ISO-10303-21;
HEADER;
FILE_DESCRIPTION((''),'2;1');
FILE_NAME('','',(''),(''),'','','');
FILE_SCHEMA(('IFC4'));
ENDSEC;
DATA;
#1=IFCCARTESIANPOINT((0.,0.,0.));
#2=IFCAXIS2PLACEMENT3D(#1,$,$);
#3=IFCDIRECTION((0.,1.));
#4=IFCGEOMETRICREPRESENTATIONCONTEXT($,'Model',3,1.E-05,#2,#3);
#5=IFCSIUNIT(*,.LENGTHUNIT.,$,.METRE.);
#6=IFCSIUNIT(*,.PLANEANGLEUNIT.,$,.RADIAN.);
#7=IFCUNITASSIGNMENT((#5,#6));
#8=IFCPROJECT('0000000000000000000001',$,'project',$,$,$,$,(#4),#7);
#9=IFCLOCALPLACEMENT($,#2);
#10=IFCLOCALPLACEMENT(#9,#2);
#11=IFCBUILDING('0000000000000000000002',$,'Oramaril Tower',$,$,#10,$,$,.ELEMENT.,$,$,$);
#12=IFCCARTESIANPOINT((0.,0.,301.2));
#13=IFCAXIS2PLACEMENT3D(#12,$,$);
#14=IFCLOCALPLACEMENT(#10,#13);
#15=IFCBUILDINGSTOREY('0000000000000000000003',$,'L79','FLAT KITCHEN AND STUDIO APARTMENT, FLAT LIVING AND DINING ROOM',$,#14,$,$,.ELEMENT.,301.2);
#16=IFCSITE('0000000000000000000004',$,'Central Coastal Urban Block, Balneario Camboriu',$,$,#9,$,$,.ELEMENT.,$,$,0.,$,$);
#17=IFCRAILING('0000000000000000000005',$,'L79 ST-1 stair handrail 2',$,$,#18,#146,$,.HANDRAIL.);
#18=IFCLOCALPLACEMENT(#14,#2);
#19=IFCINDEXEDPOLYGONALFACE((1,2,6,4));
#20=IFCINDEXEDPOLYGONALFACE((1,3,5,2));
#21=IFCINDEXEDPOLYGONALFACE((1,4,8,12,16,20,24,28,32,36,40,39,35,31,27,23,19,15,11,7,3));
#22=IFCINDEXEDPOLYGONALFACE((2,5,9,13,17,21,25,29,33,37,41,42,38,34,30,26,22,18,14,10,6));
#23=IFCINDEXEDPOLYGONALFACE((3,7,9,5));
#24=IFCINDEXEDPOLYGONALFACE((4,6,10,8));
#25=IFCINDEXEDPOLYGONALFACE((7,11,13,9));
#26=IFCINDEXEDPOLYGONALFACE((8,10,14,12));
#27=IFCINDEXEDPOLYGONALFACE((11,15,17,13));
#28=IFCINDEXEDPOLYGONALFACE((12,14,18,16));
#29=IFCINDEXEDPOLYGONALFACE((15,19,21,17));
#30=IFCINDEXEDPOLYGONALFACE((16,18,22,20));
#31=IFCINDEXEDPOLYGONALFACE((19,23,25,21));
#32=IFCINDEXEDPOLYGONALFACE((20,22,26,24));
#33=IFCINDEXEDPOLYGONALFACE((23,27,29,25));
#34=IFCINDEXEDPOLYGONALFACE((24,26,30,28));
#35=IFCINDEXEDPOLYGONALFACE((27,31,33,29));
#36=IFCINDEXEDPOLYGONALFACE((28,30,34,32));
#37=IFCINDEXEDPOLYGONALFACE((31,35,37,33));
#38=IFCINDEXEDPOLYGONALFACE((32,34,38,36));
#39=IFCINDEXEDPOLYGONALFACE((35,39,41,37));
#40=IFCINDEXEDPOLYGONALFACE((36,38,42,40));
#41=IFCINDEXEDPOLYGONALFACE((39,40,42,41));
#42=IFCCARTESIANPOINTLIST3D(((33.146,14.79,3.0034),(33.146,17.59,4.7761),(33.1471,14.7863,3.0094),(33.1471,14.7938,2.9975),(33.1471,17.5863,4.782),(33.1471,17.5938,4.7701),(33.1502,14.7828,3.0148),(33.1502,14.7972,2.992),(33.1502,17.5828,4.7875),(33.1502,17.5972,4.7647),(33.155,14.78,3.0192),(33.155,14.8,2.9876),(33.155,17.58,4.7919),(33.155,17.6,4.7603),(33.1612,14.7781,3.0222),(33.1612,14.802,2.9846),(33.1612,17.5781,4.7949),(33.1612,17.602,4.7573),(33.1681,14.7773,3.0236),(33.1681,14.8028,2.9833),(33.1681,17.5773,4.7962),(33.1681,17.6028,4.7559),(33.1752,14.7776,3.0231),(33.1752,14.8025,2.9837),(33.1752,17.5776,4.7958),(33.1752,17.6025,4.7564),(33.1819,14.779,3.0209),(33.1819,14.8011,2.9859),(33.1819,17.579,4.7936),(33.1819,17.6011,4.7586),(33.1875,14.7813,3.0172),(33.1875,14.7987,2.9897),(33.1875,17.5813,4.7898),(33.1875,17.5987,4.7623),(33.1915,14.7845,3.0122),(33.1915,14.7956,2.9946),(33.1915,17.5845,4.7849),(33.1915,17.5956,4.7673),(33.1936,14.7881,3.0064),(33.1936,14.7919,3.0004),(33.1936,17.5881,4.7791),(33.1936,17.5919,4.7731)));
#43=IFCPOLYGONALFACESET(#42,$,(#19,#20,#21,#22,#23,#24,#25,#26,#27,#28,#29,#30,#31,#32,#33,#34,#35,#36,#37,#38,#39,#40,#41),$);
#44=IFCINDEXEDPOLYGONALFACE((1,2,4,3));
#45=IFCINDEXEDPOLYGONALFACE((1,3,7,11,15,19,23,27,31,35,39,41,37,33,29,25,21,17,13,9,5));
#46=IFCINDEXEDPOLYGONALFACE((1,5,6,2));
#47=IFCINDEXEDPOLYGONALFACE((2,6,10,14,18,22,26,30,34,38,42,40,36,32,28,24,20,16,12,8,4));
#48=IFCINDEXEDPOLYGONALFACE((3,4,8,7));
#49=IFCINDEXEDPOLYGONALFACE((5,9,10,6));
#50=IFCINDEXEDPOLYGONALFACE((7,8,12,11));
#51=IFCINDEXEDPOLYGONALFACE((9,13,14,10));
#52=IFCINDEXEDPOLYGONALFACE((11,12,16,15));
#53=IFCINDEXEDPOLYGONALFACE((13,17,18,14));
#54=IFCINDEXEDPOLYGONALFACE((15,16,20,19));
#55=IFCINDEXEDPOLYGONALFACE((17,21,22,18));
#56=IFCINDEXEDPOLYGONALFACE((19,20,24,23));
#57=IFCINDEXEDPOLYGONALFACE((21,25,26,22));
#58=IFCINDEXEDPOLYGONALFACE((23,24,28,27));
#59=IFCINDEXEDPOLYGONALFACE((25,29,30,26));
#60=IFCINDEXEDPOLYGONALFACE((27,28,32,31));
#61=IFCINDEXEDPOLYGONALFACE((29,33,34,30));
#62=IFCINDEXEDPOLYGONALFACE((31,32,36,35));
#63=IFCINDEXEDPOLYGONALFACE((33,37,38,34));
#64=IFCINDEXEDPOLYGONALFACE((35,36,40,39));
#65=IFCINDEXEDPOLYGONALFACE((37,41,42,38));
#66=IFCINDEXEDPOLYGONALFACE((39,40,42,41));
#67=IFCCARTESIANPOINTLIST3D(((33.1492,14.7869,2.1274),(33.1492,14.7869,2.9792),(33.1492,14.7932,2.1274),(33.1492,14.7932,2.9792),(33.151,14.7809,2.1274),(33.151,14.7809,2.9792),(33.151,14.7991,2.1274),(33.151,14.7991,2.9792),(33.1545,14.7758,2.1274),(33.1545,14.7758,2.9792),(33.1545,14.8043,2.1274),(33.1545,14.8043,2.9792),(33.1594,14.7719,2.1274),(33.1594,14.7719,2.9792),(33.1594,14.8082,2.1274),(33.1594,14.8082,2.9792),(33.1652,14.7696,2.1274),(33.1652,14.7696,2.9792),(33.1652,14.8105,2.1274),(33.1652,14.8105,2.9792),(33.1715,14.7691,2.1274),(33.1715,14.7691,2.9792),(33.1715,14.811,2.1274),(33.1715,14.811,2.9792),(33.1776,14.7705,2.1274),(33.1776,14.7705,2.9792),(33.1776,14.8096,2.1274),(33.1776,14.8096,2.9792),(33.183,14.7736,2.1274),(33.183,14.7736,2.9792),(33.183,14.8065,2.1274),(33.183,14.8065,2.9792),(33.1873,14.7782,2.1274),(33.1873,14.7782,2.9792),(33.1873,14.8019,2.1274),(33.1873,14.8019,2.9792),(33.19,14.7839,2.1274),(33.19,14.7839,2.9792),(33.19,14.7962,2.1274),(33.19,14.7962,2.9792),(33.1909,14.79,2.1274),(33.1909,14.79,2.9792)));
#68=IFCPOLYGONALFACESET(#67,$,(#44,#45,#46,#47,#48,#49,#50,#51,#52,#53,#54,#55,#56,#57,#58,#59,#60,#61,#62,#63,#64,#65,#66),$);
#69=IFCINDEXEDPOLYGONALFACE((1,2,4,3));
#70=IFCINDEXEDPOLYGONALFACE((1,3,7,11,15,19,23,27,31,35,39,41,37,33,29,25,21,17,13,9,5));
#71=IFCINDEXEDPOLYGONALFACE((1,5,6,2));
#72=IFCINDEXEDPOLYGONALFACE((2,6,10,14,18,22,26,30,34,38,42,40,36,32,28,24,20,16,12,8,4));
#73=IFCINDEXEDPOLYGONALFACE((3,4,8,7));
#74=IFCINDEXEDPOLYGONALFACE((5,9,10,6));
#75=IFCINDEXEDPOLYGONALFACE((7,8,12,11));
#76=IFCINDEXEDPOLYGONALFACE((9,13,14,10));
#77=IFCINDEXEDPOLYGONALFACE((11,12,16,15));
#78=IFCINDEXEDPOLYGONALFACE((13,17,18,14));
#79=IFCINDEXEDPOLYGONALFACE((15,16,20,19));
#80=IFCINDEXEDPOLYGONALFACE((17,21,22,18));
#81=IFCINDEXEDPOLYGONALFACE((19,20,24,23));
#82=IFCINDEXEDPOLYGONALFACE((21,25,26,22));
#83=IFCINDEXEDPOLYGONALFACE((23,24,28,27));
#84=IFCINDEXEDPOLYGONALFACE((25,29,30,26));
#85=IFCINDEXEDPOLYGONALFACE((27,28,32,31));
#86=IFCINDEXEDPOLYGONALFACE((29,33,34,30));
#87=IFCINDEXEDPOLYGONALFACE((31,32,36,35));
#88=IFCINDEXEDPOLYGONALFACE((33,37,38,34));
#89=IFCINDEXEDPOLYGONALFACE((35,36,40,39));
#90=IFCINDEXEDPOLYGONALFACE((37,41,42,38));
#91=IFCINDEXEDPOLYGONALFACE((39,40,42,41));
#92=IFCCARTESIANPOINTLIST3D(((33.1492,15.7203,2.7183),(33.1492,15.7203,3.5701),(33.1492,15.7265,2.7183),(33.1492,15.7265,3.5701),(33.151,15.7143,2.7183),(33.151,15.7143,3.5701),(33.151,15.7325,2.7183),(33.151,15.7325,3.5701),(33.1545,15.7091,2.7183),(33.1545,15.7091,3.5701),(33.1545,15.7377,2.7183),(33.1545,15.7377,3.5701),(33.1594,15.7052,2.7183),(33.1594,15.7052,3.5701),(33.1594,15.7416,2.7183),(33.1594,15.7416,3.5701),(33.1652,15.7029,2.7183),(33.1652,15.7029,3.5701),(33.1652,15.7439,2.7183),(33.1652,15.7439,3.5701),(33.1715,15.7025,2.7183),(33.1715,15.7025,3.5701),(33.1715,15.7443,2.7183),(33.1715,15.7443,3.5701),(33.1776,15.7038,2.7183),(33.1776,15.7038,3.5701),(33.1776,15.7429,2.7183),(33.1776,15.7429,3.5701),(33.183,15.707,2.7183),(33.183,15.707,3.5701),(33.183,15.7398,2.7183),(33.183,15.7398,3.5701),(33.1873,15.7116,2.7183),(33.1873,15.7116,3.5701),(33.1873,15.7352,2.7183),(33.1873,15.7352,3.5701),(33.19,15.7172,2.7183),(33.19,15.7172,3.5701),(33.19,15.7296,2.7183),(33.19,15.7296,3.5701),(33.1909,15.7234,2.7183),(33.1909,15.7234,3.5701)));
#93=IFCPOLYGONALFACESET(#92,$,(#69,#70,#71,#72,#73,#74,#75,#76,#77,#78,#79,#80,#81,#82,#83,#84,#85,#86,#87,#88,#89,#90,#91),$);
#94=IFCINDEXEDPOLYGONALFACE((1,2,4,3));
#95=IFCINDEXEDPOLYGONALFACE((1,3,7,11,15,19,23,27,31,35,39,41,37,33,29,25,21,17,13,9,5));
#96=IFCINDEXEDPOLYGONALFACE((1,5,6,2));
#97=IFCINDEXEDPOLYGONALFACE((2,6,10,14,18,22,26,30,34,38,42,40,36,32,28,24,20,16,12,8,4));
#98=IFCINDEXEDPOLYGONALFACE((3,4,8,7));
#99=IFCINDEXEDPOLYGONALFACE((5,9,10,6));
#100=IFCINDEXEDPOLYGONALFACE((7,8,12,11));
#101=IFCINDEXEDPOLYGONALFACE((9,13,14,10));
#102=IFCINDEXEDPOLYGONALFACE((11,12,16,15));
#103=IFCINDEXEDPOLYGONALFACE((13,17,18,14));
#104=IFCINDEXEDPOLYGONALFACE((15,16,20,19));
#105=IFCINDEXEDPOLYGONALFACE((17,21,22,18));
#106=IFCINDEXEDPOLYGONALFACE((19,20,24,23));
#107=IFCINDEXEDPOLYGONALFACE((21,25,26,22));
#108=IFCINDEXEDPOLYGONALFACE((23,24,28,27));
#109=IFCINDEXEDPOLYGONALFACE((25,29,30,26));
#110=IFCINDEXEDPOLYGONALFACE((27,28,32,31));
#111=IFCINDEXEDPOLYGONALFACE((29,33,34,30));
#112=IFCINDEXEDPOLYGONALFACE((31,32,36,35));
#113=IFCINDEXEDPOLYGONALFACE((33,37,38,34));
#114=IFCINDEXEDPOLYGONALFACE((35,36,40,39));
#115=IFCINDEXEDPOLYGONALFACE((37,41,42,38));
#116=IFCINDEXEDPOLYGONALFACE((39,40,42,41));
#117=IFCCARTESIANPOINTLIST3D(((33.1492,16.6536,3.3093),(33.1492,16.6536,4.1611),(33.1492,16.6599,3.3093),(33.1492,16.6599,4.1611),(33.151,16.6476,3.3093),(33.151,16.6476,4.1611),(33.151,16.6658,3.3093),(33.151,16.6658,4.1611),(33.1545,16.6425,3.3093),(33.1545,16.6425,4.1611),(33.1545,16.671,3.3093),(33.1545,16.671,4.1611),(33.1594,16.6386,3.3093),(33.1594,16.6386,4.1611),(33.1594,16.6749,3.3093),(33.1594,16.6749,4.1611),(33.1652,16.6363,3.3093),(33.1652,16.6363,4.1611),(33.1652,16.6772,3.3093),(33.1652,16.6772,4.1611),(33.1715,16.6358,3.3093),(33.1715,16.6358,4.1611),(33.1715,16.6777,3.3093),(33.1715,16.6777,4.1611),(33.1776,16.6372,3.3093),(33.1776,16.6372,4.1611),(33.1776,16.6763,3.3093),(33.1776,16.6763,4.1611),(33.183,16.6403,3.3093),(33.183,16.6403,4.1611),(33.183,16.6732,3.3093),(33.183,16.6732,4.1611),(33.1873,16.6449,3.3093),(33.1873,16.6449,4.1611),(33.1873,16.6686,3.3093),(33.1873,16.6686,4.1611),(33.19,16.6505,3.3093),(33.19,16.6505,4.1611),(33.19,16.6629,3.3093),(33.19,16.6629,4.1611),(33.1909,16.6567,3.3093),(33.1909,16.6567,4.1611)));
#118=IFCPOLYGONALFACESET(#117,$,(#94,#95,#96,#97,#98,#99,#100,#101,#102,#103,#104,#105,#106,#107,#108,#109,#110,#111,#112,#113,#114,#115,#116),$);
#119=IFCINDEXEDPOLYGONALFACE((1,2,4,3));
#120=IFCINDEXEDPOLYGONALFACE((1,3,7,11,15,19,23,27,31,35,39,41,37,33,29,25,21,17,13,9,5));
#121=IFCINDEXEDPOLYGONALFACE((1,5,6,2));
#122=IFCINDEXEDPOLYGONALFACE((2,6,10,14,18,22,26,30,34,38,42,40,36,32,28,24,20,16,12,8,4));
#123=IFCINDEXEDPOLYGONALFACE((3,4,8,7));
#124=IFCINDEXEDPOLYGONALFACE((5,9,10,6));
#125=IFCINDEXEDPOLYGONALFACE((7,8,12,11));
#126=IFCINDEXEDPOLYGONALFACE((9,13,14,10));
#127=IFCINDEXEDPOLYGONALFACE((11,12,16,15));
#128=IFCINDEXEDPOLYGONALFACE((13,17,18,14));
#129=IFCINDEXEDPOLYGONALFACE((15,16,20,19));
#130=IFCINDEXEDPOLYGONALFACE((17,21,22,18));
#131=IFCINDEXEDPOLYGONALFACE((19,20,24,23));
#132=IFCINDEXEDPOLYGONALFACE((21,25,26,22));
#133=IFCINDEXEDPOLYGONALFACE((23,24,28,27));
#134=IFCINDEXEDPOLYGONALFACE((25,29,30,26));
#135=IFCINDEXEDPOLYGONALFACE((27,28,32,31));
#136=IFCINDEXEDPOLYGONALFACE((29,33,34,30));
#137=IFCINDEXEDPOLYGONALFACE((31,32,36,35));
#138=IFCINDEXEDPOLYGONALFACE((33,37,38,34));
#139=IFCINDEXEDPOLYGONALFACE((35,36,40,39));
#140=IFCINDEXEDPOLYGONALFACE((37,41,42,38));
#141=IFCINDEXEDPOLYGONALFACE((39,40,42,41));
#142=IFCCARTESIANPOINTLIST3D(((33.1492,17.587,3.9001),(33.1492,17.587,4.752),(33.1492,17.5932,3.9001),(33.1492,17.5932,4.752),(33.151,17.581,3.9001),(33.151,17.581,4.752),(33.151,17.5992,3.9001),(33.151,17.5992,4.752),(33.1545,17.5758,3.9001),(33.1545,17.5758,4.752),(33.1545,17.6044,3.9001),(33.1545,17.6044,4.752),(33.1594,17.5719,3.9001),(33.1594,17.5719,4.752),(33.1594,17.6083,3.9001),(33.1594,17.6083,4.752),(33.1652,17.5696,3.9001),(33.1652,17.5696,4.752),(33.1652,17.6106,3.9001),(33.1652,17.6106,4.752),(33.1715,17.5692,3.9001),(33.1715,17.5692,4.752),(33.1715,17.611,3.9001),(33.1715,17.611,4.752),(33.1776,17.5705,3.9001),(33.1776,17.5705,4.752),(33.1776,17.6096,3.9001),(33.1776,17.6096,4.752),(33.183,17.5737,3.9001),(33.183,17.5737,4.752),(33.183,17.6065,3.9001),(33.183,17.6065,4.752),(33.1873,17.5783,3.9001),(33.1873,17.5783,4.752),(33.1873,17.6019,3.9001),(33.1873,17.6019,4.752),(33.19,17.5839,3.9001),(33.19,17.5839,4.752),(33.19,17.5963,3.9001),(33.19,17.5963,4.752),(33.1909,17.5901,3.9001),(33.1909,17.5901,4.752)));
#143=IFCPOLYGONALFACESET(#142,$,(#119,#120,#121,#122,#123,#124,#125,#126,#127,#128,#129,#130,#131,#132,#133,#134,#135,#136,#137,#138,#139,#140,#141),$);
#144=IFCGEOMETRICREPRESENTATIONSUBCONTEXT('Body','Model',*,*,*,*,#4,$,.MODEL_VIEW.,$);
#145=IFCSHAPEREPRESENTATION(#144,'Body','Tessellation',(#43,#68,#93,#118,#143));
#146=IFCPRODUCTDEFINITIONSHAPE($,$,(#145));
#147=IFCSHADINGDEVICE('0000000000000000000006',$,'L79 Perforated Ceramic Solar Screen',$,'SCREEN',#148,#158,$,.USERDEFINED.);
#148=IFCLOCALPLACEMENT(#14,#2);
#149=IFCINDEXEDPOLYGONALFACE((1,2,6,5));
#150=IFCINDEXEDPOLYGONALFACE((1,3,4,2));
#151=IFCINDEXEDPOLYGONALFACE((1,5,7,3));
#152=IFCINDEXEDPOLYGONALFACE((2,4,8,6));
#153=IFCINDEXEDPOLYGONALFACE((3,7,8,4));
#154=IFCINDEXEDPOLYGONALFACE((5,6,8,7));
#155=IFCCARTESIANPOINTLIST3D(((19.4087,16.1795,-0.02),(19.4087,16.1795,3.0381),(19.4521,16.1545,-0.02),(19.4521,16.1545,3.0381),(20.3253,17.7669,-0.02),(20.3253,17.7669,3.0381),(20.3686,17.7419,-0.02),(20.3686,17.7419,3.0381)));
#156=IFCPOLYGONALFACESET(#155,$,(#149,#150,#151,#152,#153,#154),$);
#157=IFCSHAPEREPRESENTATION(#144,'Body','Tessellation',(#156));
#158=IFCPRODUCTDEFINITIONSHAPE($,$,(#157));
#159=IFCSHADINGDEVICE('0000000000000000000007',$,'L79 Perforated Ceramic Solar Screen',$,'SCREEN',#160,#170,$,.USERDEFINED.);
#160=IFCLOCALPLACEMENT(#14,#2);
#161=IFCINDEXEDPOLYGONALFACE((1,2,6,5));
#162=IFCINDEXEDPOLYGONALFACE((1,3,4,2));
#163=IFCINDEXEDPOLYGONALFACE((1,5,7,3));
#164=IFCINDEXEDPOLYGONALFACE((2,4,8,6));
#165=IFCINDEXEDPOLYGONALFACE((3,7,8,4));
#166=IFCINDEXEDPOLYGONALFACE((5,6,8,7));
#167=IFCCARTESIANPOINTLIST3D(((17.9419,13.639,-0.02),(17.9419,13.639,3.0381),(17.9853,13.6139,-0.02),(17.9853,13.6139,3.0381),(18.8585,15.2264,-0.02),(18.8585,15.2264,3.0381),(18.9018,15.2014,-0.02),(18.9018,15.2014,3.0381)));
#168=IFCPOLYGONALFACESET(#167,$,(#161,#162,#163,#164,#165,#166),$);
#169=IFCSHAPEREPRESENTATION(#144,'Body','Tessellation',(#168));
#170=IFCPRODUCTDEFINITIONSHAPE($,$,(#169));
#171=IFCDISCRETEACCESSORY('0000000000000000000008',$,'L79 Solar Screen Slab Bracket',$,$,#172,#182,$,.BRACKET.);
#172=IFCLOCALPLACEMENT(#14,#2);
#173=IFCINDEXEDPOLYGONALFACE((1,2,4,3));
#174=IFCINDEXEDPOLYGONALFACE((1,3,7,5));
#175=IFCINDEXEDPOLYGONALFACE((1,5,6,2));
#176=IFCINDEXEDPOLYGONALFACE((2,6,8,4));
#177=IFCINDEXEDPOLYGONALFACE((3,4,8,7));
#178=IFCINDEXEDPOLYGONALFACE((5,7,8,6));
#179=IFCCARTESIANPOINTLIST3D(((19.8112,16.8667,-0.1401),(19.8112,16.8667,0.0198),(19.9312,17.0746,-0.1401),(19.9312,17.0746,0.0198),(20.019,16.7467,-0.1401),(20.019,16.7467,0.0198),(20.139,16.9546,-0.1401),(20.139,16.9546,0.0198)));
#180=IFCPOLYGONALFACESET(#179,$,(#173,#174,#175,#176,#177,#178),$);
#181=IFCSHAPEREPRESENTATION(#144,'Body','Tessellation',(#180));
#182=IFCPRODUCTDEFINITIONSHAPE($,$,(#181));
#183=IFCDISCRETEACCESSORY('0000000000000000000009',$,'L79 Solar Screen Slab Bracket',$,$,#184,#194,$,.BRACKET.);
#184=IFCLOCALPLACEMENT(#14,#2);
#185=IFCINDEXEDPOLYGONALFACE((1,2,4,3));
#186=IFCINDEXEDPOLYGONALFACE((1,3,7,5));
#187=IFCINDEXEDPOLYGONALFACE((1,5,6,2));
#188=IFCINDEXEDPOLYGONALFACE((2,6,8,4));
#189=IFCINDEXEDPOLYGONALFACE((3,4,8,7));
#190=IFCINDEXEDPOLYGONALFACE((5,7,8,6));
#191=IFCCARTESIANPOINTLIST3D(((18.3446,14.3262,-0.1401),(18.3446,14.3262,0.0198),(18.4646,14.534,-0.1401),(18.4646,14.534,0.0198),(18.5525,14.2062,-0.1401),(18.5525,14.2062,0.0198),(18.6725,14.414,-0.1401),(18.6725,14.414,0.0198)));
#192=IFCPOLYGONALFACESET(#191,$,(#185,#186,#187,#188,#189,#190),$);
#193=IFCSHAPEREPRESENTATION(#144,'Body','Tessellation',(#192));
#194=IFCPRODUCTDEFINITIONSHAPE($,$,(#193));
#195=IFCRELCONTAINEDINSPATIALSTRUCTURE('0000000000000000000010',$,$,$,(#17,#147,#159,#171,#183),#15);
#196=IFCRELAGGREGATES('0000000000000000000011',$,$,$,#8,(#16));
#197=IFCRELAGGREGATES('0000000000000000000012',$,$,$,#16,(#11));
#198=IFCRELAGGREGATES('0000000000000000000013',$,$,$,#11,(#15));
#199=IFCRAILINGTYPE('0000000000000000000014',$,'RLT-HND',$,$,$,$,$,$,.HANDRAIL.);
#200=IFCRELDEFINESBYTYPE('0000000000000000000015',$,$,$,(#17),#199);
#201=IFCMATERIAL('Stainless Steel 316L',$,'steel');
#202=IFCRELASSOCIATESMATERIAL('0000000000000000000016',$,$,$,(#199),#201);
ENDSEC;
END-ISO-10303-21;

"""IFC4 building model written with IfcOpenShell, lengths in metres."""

from ifc_helpers import new_model, si_unit, direction, frame, origin, origin_2d, place, context, subcontext, project, spatial, rectangle, circle, extrude, material, type_object, element, save


model = new_model("IFC4")

# Units and contexts
model_context = context("Model", 3, precision=1e-05, world=origin(), true_north=direction((0.0, 1.0)))
body_context = subcontext(model_context, "Body", "Model", "MODEL_VIEW")
ifc_project = project(units=[si_unit("LENGTHUNIT", "METRE"), si_unit("PLANEANGLEUNIT", "RADIAN")], contexts=[model_context])

# Site, building, storey
site_placement = place(None, origin())
site = spatial("IfcSite", under=ifc_project, at=site_placement, Name="Central Coastal Urban Block, Balneario Camboriu", CompositionType="ELEMENT", RefElevation=0.0)
building_placement = place(site_placement, origin())
building = spatial("IfcBuilding", under=site, at=building_placement, Name="Oramaril Tower", CompositionType="ELEMENT")
storey_placement = place(building_placement, frame((0.0, 0.0, 301.2)))
storey = spatial("IfcBuildingStorey", under=building, at=storey_placement, Name="L79", Description="FLAT KITCHEN AND STUDIO APARTMENT, FLAT LIVING AND DINING ROOM", CompositionType="ELEMENT", Elevation=301.2)

# Railing
ifc_material_1 = material(Name="Stainless Steel 316L", Category="steel")
railing_type_1 = type_object("IfcRailingType", Name="RLT-HND", PredefinedType="HANDRAIL", material=ifc_material_1)
railing_1_placement = place(storey_placement, frame((33.1699, 14.79, 2.1274)))
element("IfcRailing", 1, at=railing_1_placement, inside=storey, type_object=railing_type_1, Name="L79 ST-1 stair handrail 2", PredefinedType="HANDRAIL", context=body_context, shape_type="SweptSolid", body=[
    extrude(circle(Radius=0.0239, at=origin_2d()), frame((0.0, 0.0, 0.876), z_axis=(0.0, 0.844909, 0.53491), x_axis=(-1.0, 0.0, 0.0)), (0.0, 0.0, 1.0), 3.314),
    extrude(circle(Radius=0.021, at=origin_2d()), origin(), (0.0, 0.0, 1.0), 0.8518),
    extrude(circle(Radius=0.021, at=origin_2d()), frame((0.0, 0.9333, 0.5908)), (0.0, 0.0, 1.0), 0.8518),
    extrude(circle(Radius=0.021, at=origin_2d()), frame((0.0, 1.8667, 1.1819)), (0.0, 0.0, 1.0), 0.8518),
    extrude(circle(Radius=0.021, at=origin_2d()), frame((0.0, 2.8, 1.7727)), (0.0, 0.0, 1.0), 0.8518),
])

# Shading devices
for number, where, z_axis, x_axis, name in (
    (2, (19.8887, 16.9607, -0.02), (0.0, 0.0, 1.0), (-0.500002, -0.866025, 0.0), "L79 Perforated Ceramic Solar Screen"),
    (3, (18.4219, 14.4202, -0.02), (0.0, 0.0, 1.0), (-0.500002, -0.866025, 0.0), "L79 Perforated Ceramic Solar Screen"),
):
    element("IfcShadingDevice", number, at=place(storey_placement, frame(where, z_axis=z_axis, x_axis=x_axis)), inside=storey, Name=name, ObjectType="SCREEN", PredefinedType="USERDEFINED", context=body_context, shape_type="SweptSolid", body=[
        extrude(rectangle(XDim=1.833, YDim=0.05, at=origin_2d()), origin(), (0.0, 0.0, 1.0), 3.0581),
    ])

# Discrete accessories
for number, where, z_axis, x_axis, name in (
    (4, (19.9751, 16.9106, -0.1401), (0.0, 0.0, 1.0), (-0.500002, -0.866025, 0.0), "L79 Solar Screen Slab Bracket"),
    (5, (18.5085, 14.3701, -0.1401), (0.0, 0.0, 1.0), (-0.500002, -0.866025, 0.0), "L79 Solar Screen Slab Bracket"),
):
    element("IfcDiscreteAccessory", number, at=place(storey_placement, frame(where, z_axis=z_axis, x_axis=x_axis)), inside=storey, Name=name, PredefinedType="BRACKET", context=body_context, shape_type="SweptSolid", body=[
        extrude(rectangle(XDim=0.24, YDim=0.24, at=origin_2d()), origin(), (0.0, 0.0, 1.0), 0.1599),
    ])

save(model, "model.ifc")
